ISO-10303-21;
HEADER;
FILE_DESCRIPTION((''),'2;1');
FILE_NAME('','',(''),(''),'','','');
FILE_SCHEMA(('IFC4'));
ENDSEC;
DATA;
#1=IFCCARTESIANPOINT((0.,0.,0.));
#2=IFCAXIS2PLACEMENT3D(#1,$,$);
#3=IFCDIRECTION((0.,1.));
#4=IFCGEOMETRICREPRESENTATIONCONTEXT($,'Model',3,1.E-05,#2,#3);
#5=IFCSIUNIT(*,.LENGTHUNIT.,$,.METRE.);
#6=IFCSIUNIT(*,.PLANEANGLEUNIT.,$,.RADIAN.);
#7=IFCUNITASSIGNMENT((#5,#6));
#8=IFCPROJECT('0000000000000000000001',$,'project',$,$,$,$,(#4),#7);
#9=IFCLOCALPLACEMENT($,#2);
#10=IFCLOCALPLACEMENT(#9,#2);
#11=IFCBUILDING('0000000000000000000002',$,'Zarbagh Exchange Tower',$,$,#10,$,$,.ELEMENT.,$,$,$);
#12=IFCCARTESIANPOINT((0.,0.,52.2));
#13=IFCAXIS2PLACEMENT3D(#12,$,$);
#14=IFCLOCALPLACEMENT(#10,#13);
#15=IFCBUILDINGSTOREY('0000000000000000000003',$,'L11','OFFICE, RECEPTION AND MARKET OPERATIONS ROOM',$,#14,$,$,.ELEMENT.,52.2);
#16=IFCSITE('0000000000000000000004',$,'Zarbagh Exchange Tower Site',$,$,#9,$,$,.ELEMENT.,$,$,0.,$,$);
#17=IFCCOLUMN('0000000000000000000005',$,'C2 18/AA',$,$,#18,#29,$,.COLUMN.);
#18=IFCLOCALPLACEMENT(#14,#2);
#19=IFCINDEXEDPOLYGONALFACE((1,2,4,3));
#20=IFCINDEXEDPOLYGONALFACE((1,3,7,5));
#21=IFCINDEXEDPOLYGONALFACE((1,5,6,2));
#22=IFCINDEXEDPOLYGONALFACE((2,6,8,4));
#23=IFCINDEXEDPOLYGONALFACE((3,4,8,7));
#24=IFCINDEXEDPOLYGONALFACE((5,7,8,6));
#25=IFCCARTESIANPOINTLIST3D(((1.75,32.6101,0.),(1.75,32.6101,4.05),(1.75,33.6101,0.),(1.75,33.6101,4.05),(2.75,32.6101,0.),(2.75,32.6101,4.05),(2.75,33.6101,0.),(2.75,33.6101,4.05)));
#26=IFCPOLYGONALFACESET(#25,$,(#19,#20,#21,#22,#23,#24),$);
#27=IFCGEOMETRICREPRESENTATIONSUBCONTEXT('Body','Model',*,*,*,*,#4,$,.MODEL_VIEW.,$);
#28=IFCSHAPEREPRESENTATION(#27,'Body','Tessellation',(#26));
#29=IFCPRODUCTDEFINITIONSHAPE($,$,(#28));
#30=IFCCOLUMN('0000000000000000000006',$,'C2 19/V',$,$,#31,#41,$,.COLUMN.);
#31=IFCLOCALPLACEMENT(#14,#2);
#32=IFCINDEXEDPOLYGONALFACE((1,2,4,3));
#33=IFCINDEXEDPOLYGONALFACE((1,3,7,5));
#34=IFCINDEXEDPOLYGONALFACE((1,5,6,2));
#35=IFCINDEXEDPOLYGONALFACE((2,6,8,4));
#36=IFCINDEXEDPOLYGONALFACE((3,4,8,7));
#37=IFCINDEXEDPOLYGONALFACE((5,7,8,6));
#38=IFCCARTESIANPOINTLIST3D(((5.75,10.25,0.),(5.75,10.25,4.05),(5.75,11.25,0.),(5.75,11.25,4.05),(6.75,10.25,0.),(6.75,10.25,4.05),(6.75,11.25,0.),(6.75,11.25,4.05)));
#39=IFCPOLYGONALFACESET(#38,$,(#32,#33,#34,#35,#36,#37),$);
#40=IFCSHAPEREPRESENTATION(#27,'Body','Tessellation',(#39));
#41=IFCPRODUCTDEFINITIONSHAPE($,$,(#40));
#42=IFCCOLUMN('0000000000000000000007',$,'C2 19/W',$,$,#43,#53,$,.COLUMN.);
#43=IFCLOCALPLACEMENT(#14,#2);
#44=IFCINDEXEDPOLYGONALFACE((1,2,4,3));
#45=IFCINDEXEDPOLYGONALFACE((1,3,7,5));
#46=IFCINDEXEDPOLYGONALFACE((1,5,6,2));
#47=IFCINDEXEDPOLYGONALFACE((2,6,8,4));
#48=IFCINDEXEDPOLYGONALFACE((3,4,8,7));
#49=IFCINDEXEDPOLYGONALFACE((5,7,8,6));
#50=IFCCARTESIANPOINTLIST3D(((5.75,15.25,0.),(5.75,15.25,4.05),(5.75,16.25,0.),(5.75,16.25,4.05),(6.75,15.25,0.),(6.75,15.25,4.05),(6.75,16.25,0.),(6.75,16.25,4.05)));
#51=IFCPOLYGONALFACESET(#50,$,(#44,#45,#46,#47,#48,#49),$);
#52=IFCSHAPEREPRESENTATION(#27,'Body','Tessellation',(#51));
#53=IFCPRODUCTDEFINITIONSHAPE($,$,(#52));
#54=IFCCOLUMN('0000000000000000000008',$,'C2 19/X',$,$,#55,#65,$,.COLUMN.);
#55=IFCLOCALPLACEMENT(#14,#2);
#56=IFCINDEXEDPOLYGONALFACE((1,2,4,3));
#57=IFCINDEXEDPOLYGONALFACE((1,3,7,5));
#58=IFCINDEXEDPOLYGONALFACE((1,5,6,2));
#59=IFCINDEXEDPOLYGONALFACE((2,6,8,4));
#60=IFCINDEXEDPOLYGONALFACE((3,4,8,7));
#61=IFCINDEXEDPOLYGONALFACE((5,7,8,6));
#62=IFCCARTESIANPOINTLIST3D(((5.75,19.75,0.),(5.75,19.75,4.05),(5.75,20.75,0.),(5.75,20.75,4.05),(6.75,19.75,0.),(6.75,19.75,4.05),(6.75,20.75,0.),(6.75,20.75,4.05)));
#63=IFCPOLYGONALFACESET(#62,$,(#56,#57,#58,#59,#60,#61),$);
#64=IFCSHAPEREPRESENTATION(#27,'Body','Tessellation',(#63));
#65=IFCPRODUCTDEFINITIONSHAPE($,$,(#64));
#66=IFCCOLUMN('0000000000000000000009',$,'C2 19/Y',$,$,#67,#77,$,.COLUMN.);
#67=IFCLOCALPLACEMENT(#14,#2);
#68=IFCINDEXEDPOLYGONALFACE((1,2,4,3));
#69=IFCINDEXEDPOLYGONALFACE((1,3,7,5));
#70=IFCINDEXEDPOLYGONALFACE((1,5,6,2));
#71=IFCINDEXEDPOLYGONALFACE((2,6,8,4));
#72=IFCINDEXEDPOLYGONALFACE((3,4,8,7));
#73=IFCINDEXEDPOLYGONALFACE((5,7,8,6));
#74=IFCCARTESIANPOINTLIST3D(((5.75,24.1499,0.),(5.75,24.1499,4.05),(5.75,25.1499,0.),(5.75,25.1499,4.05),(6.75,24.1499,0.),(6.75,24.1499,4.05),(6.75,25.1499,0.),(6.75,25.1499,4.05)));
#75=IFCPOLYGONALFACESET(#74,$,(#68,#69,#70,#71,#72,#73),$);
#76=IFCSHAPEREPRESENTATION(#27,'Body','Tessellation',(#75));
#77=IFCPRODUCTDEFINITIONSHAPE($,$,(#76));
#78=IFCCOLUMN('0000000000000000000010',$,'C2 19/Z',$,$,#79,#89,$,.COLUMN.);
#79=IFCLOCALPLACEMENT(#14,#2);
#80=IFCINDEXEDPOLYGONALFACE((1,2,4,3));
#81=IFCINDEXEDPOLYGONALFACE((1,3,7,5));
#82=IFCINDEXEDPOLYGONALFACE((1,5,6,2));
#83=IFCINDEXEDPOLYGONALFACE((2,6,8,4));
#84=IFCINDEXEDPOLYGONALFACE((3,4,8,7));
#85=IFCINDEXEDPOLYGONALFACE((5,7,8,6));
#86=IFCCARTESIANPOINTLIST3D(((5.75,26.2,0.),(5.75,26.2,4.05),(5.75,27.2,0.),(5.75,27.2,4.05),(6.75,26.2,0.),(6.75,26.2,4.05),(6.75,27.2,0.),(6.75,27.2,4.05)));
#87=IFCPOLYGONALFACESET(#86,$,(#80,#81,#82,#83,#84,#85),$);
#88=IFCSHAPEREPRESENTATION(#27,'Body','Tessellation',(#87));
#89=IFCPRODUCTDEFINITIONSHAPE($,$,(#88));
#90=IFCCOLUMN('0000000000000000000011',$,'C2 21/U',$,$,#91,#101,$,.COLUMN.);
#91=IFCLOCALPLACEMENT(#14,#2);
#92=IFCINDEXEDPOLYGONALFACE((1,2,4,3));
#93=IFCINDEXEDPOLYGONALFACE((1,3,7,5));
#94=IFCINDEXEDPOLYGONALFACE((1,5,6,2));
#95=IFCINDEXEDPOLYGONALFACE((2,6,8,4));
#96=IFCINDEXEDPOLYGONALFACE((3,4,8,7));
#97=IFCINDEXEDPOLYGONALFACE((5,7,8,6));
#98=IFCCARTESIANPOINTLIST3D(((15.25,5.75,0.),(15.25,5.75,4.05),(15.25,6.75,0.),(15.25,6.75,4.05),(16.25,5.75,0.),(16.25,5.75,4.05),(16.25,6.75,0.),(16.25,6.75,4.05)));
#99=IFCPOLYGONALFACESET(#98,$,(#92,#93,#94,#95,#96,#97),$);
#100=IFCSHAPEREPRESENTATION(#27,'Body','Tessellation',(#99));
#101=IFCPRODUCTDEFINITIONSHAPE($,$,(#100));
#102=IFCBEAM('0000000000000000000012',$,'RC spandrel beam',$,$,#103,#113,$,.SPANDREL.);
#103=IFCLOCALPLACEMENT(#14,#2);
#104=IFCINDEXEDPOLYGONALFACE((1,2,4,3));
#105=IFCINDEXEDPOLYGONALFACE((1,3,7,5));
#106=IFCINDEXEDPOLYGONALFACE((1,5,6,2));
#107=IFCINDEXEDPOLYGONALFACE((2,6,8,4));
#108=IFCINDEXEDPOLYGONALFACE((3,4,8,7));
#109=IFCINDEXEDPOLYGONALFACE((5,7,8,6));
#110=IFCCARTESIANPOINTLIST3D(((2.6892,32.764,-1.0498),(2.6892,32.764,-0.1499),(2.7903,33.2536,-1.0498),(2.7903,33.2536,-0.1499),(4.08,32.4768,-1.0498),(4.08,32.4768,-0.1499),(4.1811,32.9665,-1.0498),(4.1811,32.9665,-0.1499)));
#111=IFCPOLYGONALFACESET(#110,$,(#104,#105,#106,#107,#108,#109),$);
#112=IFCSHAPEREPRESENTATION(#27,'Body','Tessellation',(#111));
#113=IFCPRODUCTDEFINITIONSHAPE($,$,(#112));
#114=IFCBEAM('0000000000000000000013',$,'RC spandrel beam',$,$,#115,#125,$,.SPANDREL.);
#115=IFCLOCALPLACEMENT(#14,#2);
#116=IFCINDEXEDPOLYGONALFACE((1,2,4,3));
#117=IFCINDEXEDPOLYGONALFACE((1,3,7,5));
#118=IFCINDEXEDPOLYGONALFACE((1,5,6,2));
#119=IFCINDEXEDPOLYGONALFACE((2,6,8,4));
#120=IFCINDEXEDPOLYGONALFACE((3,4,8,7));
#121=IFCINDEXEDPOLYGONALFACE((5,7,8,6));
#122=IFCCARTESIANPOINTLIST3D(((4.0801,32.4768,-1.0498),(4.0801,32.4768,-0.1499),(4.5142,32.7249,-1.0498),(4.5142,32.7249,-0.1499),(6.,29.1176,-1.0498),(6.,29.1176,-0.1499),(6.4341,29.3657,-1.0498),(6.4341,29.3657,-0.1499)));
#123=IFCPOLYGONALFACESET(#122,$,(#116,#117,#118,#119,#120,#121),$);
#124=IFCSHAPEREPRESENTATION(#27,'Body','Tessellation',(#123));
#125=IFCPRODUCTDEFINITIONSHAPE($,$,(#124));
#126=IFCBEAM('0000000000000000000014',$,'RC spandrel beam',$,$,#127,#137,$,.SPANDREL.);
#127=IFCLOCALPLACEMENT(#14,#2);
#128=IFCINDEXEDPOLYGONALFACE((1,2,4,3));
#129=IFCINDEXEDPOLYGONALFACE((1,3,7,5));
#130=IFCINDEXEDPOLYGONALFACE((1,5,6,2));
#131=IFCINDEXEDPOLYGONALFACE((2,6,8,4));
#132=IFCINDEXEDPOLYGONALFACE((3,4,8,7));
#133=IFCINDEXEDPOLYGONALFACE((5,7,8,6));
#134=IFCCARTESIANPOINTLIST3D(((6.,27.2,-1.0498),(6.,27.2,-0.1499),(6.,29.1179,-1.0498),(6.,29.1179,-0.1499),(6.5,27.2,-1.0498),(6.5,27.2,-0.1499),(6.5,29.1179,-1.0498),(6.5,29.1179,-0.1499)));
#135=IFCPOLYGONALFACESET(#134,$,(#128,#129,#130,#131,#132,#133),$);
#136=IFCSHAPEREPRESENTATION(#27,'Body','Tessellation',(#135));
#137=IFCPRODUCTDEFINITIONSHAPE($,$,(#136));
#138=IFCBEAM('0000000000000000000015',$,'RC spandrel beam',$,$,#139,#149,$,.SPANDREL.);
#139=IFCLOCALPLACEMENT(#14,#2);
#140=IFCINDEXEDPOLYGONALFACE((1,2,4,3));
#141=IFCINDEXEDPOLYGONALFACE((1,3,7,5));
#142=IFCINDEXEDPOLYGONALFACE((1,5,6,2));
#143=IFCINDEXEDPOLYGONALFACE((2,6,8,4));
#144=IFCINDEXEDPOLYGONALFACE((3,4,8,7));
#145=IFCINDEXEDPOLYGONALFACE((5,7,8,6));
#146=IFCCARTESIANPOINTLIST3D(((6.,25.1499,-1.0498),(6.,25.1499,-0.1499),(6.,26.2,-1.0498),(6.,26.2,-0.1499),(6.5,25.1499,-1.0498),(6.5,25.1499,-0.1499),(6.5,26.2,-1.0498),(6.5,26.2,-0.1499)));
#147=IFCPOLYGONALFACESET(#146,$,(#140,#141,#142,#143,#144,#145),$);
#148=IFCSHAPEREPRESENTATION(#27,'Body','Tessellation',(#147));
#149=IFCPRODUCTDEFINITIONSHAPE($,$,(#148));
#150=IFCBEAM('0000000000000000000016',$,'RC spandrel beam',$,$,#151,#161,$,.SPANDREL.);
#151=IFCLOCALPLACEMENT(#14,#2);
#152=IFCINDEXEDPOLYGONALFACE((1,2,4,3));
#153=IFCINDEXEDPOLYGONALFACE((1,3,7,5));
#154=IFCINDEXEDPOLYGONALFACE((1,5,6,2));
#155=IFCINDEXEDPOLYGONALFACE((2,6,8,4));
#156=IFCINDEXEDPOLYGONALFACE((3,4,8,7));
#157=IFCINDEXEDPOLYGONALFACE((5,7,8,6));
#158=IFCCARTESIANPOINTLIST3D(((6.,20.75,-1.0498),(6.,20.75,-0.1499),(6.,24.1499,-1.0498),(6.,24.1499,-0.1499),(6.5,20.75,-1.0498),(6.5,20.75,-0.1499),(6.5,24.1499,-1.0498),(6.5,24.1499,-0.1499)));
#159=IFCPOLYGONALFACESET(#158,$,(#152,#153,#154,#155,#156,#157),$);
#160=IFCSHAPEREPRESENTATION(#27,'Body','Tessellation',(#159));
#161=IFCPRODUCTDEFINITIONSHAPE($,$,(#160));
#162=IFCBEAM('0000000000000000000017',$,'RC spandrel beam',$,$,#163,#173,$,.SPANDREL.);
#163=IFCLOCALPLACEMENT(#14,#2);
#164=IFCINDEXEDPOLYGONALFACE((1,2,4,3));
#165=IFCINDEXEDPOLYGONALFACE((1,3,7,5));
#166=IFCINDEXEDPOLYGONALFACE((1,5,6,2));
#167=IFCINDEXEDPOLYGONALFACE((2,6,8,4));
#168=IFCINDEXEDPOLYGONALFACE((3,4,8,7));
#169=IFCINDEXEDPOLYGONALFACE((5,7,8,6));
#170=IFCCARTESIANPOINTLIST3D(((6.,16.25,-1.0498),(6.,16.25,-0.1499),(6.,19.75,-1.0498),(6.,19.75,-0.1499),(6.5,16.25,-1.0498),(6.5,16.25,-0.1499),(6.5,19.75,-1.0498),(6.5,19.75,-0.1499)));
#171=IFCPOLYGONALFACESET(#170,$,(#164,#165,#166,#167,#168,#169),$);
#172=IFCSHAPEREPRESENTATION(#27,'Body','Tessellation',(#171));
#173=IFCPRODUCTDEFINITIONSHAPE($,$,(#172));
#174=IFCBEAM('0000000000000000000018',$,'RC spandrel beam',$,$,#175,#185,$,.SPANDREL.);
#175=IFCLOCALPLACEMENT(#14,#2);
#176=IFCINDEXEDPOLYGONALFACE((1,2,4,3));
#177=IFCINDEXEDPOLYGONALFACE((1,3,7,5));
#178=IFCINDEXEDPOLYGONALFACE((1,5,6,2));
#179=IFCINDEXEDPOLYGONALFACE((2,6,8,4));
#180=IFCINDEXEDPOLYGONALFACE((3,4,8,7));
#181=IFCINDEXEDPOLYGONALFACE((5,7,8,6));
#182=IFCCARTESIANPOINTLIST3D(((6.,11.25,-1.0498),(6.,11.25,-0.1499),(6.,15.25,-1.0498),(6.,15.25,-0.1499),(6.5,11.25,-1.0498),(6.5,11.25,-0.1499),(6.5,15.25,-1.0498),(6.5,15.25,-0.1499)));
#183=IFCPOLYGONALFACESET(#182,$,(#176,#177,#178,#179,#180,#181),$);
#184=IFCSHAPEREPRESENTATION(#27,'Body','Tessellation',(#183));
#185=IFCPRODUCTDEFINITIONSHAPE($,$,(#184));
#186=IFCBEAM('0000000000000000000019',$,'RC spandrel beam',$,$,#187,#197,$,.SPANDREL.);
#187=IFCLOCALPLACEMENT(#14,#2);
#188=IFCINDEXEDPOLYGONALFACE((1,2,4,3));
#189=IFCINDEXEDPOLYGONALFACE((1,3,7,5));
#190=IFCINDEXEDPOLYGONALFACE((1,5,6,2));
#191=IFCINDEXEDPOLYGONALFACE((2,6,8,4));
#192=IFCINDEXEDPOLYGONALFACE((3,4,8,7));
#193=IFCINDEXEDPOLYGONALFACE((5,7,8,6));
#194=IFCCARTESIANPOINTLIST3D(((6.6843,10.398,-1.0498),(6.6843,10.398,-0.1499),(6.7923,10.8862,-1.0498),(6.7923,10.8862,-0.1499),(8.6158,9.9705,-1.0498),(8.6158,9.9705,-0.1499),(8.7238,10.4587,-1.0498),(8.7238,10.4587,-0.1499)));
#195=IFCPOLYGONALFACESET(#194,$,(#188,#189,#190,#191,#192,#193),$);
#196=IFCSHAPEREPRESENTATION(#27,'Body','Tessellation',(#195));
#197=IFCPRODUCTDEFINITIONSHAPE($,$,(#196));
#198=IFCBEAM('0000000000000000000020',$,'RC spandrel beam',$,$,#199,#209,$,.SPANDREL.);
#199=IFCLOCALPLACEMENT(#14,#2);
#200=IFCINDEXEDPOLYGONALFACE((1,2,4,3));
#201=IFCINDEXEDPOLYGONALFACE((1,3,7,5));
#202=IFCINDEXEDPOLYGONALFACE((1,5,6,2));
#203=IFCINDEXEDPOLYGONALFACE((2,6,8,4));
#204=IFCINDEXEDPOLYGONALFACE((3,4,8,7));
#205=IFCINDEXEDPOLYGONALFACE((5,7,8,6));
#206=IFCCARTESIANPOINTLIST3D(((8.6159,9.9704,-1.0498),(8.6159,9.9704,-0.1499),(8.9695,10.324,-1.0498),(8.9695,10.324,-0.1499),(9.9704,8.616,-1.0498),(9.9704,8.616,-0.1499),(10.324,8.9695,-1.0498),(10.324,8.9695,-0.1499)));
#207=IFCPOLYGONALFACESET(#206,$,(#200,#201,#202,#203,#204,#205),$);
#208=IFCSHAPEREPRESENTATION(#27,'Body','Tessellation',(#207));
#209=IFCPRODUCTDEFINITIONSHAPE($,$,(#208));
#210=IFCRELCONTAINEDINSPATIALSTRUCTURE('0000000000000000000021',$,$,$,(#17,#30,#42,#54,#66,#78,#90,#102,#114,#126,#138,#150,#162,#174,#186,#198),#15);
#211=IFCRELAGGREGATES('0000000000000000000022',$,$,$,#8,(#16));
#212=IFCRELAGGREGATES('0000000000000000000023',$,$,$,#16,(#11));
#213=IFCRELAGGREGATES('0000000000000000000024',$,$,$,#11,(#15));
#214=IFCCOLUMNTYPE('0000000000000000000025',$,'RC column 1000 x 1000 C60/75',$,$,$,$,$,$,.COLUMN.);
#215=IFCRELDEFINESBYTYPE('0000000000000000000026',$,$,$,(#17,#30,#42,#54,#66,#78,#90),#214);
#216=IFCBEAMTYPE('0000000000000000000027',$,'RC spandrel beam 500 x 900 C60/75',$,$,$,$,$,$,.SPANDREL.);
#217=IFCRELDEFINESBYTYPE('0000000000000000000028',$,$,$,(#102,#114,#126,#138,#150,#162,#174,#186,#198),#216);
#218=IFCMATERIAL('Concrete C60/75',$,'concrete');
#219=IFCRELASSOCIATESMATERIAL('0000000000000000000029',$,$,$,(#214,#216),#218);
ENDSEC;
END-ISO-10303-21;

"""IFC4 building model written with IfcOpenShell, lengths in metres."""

from ifc_helpers import new_model, si_unit, direction, frame, origin, origin_2d, place, context, subcontext, project, spatial, rectangle, extrude, material, material_profile, profile_set, type_object, element, save


model = new_model("IFC4")

# Units and contexts
model_context = context("Model", 3, precision=1e-05, world=origin(), true_north=direction((0.0, 1.0)))
body_context = subcontext(model_context, "Body", "Model", "MODEL_VIEW")
ifc_project = project(units=[si_unit("LENGTHUNIT", "METRE"), si_unit("PLANEANGLEUNIT", "RADIAN")], contexts=[model_context])

# Site, building, storey
site_placement = place(None, origin())
site = spatial("IfcSite", under=ifc_project, at=site_placement, Name="Zarbagh Exchange Tower Site", CompositionType="ELEMENT", RefElevation=0.0)
building_placement = place(site_placement, origin())
building = spatial("IfcBuilding", under=site, at=building_placement, Name="Zarbagh Exchange Tower", CompositionType="ELEMENT")
storey_placement = place(building_placement, frame((0.0, 0.0, 52.2)))
storey = spatial("IfcBuildingStorey", under=building, at=storey_placement, Name="L11", Description="OFFICE, RECEPTION AND MARKET OPERATIONS ROOM", CompositionType="ELEMENT", Elevation=52.2)

# Columns
ifc_material_1 = material(Name="Concrete C60/75", Category="concrete")
ifc_material_profile_1 = material_profile(ifc_material_1, rectangle(XDim=1.0, YDim=1.0, at=origin_2d()), Name="RC column 1000 x 1000 C60/75")
ifc_profile_set_1 = profile_set([ifc_material_profile_1], Name="Concrete C60/75")
column_type = type_object("IfcColumnType", Name="RC column 1000 x 1000 C60/75", PredefinedType="COLUMN", material=ifc_profile_set_1)
for number, where, z_axis, x_axis, name in (
    (1, (2.25, 33.1101, 0.0), (0.0, 0.0, 1.0), (1.0, 0.0, 0.0), "C2 18/AA"),
    (2, (6.25, 10.75, 0.0), (0.0, 0.0, 1.0), (1.0, 0.0, 0.0), "C2 19/V"),
    (3, (6.25, 15.75, 0.0), (0.0, 0.0, 1.0), (1.0, 0.0, 0.0), "C2 19/W"),
    (4, (6.25, 20.25, 0.0), (0.0, 0.0, 1.0), (1.0, 0.0, 0.0), "C2 19/X"),
    (5, (6.25, 24.6499, 0.0), (0.0, 0.0, 1.0), (1.0, 0.0, 0.0), "C2 19/Y"),
    (6, (6.25, 26.7, 0.0), (0.0, 0.0, 1.0), (1.0, 0.0, 0.0), "C2 19/Z"),
    (7, (15.75, 6.25, 0.0), (0.0, 0.0, 1.0), (1.0, 0.0, 0.0), "C2 21/U"),
):
    element("IfcColumn", number, at=place(storey_placement, frame(where, z_axis=z_axis, x_axis=x_axis)), inside=storey, type_object=column_type, Name=name, PredefinedType="COLUMN", context=body_context, shape_type="SweptSolid", body=[
        extrude(rectangle(XDim=1.0, YDim=1.0, at=origin_2d()), origin(), (0.0, 0.0, 1.0), 4.05),
    ])

# Beams
ifc_material_profile_2 = material_profile(ifc_material_1, rectangle(XDim=0.5, YDim=0.8999, at=origin_2d()), Name="RC spandrel beam 500 x 900 C60/75")
ifc_profile_set_2 = profile_set([ifc_material_profile_2], Name="Concrete C60/75")
beam_type = type_object("IfcBeamType", Name="RC spandrel beam 500 x 900 C60/75", PredefinedType="SPANDREL", material=ifc_profile_set_2)
beam_1_placement = place(storey_placement, frame((2.7397, 33.0088, -0.5999), z_axis=(0.979352, -0.202162, 0.0), x_axis=(0.202162, 0.979352, 0.0)))
element("IfcBeam", 8, at=beam_1_placement, inside=storey, type_object=beam_type, Name="RC spandrel beam", PredefinedType="SPANDREL", context=body_context, shape_type="SweptSolid", body=[
    extrude(rectangle(XDim=0.5, YDim=0.8999, at=origin_2d()), origin(), (0.0, 0.0, 1.0), 1.4202),
])
beam_2_placement = place(storey_placement, frame((4.2971, 32.6008, -0.5999), z_axis=(0.49622, -0.868197, 0.0), x_axis=(0.868197, 0.49622, 0.0)))
element("IfcBeam", 9, at=beam_2_placement, inside=storey, type_object=beam_type, Name="RC spandrel beam", PredefinedType="SPANDREL", context=body_context, shape_type="SweptSolid", body=[
    extrude(rectangle(XDim=0.5, YDim=0.8999, at=origin_2d()), origin(), (0.0, 0.0, 1.0), 3.8691),
])
beam_3_placement = place(storey_placement, frame((6.25, 29.1179, -0.5999), z_axis=(0.0, -1.0, 0.0), x_axis=(1.0, 0.0, 0.0)))
element("IfcBeam", 10, at=beam_3_placement, inside=storey, type_object=beam_type, Name="RC spandrel beam", PredefinedType="SPANDREL", context=body_context, shape_type="SweptSolid", body=[
    extrude(rectangle(XDim=0.5, YDim=0.8999, at=origin_2d()), origin(), (0.0, 0.0, 1.0), 1.918),
])
beam_4_placement = place(storey_placement, frame((6.25, 26.2, -0.5999), z_axis=(0.0, -1.0, 0.0), x_axis=(1.0, 0.0, 0.0)))
element("IfcBeam", 11, at=beam_4_placement, inside=storey, type_object=beam_type, Name="RC spandrel beam", PredefinedType="SPANDREL", context=body_context, shape_type="SweptSolid", body=[
    extrude(rectangle(XDim=0.5, YDim=0.8999, at=origin_2d()), origin(), (0.0, 0.0, 1.0), 1.05),
])
beam_5_placement = place(storey_placement, frame((6.25, 24.1499, -0.5999), z_axis=(0.0, -1.0, 0.0), x_axis=(1.0, 0.0, 0.0)))
element("IfcBeam", 12, at=beam_5_placement, inside=storey, type_object=beam_type, Name="RC spandrel beam", PredefinedType="SPANDREL", context=body_context, shape_type="SweptSolid", body=[
    extrude(rectangle(XDim=0.5, YDim=0.8999, at=origin_2d()), origin(), (0.0, 0.0, 1.0), 3.3999),
])
beam_6_placement = place(storey_placement, frame((6.25, 19.75, -0.5999), z_axis=(0.0, -1.0, 0.0), x_axis=(1.0, 0.0, 0.0)))
element("IfcBeam", 13, at=beam_6_placement, inside=storey, type_object=beam_type, Name="RC spandrel beam", PredefinedType="SPANDREL", context=body_context, shape_type="SweptSolid", body=[
    extrude(rectangle(XDim=0.5, YDim=0.8999, at=origin_2d()), origin(), (0.0, 0.0, 1.0), 3.5),
])
beam_7_placement = place(storey_placement, frame((6.25, 15.25, -0.5999), z_axis=(0.0, -1.0, 0.0), x_axis=(1.0, 0.0, 0.0)))
element("IfcBeam", 14, at=beam_7_placement, inside=storey, type_object=beam_type, Name="RC spandrel beam", PredefinedType="SPANDREL", context=body_context, shape_type="SweptSolid", body=[
    extrude(rectangle(XDim=0.5, YDim=0.8999, at=origin_2d()), origin(), (0.0, 0.0, 1.0), 4.0),
])
beam_8_placement = place(storey_placement, frame((6.7383, 10.6421, -0.5999), z_axis=(0.976375, -0.216081, 0.0), x_axis=(0.216081, 0.976375, 0.0)))
element("IfcBeam", 15, at=beam_8_placement, inside=storey, type_object=beam_type, Name="RC spandrel beam", PredefinedType="SPANDREL", context=body_context, shape_type="SweptSolid", body=[
    extrude(rectangle(XDim=0.5, YDim=0.8999, at=origin_2d()), origin(), (0.0, 0.0, 1.0), 1.9783),
])
beam_9_placement = place(storey_placement, frame((8.7927, 10.1472, -0.5999), z_axis=(0.707107, -0.707107, 0.0), x_axis=(0.707107, 0.707107, 0.0)))
element("IfcBeam", 16, at=beam_9_placement, inside=storey, type_object=beam_type, Name="RC spandrel beam", PredefinedType="SPANDREL", context=body_context, shape_type="SweptSolid", body=[
    extrude(rectangle(XDim=0.5, YDim=0.8999, at=origin_2d()), origin(), (0.0, 0.0, 1.0), 1.9155),
])

save(model, "model.ifc")
